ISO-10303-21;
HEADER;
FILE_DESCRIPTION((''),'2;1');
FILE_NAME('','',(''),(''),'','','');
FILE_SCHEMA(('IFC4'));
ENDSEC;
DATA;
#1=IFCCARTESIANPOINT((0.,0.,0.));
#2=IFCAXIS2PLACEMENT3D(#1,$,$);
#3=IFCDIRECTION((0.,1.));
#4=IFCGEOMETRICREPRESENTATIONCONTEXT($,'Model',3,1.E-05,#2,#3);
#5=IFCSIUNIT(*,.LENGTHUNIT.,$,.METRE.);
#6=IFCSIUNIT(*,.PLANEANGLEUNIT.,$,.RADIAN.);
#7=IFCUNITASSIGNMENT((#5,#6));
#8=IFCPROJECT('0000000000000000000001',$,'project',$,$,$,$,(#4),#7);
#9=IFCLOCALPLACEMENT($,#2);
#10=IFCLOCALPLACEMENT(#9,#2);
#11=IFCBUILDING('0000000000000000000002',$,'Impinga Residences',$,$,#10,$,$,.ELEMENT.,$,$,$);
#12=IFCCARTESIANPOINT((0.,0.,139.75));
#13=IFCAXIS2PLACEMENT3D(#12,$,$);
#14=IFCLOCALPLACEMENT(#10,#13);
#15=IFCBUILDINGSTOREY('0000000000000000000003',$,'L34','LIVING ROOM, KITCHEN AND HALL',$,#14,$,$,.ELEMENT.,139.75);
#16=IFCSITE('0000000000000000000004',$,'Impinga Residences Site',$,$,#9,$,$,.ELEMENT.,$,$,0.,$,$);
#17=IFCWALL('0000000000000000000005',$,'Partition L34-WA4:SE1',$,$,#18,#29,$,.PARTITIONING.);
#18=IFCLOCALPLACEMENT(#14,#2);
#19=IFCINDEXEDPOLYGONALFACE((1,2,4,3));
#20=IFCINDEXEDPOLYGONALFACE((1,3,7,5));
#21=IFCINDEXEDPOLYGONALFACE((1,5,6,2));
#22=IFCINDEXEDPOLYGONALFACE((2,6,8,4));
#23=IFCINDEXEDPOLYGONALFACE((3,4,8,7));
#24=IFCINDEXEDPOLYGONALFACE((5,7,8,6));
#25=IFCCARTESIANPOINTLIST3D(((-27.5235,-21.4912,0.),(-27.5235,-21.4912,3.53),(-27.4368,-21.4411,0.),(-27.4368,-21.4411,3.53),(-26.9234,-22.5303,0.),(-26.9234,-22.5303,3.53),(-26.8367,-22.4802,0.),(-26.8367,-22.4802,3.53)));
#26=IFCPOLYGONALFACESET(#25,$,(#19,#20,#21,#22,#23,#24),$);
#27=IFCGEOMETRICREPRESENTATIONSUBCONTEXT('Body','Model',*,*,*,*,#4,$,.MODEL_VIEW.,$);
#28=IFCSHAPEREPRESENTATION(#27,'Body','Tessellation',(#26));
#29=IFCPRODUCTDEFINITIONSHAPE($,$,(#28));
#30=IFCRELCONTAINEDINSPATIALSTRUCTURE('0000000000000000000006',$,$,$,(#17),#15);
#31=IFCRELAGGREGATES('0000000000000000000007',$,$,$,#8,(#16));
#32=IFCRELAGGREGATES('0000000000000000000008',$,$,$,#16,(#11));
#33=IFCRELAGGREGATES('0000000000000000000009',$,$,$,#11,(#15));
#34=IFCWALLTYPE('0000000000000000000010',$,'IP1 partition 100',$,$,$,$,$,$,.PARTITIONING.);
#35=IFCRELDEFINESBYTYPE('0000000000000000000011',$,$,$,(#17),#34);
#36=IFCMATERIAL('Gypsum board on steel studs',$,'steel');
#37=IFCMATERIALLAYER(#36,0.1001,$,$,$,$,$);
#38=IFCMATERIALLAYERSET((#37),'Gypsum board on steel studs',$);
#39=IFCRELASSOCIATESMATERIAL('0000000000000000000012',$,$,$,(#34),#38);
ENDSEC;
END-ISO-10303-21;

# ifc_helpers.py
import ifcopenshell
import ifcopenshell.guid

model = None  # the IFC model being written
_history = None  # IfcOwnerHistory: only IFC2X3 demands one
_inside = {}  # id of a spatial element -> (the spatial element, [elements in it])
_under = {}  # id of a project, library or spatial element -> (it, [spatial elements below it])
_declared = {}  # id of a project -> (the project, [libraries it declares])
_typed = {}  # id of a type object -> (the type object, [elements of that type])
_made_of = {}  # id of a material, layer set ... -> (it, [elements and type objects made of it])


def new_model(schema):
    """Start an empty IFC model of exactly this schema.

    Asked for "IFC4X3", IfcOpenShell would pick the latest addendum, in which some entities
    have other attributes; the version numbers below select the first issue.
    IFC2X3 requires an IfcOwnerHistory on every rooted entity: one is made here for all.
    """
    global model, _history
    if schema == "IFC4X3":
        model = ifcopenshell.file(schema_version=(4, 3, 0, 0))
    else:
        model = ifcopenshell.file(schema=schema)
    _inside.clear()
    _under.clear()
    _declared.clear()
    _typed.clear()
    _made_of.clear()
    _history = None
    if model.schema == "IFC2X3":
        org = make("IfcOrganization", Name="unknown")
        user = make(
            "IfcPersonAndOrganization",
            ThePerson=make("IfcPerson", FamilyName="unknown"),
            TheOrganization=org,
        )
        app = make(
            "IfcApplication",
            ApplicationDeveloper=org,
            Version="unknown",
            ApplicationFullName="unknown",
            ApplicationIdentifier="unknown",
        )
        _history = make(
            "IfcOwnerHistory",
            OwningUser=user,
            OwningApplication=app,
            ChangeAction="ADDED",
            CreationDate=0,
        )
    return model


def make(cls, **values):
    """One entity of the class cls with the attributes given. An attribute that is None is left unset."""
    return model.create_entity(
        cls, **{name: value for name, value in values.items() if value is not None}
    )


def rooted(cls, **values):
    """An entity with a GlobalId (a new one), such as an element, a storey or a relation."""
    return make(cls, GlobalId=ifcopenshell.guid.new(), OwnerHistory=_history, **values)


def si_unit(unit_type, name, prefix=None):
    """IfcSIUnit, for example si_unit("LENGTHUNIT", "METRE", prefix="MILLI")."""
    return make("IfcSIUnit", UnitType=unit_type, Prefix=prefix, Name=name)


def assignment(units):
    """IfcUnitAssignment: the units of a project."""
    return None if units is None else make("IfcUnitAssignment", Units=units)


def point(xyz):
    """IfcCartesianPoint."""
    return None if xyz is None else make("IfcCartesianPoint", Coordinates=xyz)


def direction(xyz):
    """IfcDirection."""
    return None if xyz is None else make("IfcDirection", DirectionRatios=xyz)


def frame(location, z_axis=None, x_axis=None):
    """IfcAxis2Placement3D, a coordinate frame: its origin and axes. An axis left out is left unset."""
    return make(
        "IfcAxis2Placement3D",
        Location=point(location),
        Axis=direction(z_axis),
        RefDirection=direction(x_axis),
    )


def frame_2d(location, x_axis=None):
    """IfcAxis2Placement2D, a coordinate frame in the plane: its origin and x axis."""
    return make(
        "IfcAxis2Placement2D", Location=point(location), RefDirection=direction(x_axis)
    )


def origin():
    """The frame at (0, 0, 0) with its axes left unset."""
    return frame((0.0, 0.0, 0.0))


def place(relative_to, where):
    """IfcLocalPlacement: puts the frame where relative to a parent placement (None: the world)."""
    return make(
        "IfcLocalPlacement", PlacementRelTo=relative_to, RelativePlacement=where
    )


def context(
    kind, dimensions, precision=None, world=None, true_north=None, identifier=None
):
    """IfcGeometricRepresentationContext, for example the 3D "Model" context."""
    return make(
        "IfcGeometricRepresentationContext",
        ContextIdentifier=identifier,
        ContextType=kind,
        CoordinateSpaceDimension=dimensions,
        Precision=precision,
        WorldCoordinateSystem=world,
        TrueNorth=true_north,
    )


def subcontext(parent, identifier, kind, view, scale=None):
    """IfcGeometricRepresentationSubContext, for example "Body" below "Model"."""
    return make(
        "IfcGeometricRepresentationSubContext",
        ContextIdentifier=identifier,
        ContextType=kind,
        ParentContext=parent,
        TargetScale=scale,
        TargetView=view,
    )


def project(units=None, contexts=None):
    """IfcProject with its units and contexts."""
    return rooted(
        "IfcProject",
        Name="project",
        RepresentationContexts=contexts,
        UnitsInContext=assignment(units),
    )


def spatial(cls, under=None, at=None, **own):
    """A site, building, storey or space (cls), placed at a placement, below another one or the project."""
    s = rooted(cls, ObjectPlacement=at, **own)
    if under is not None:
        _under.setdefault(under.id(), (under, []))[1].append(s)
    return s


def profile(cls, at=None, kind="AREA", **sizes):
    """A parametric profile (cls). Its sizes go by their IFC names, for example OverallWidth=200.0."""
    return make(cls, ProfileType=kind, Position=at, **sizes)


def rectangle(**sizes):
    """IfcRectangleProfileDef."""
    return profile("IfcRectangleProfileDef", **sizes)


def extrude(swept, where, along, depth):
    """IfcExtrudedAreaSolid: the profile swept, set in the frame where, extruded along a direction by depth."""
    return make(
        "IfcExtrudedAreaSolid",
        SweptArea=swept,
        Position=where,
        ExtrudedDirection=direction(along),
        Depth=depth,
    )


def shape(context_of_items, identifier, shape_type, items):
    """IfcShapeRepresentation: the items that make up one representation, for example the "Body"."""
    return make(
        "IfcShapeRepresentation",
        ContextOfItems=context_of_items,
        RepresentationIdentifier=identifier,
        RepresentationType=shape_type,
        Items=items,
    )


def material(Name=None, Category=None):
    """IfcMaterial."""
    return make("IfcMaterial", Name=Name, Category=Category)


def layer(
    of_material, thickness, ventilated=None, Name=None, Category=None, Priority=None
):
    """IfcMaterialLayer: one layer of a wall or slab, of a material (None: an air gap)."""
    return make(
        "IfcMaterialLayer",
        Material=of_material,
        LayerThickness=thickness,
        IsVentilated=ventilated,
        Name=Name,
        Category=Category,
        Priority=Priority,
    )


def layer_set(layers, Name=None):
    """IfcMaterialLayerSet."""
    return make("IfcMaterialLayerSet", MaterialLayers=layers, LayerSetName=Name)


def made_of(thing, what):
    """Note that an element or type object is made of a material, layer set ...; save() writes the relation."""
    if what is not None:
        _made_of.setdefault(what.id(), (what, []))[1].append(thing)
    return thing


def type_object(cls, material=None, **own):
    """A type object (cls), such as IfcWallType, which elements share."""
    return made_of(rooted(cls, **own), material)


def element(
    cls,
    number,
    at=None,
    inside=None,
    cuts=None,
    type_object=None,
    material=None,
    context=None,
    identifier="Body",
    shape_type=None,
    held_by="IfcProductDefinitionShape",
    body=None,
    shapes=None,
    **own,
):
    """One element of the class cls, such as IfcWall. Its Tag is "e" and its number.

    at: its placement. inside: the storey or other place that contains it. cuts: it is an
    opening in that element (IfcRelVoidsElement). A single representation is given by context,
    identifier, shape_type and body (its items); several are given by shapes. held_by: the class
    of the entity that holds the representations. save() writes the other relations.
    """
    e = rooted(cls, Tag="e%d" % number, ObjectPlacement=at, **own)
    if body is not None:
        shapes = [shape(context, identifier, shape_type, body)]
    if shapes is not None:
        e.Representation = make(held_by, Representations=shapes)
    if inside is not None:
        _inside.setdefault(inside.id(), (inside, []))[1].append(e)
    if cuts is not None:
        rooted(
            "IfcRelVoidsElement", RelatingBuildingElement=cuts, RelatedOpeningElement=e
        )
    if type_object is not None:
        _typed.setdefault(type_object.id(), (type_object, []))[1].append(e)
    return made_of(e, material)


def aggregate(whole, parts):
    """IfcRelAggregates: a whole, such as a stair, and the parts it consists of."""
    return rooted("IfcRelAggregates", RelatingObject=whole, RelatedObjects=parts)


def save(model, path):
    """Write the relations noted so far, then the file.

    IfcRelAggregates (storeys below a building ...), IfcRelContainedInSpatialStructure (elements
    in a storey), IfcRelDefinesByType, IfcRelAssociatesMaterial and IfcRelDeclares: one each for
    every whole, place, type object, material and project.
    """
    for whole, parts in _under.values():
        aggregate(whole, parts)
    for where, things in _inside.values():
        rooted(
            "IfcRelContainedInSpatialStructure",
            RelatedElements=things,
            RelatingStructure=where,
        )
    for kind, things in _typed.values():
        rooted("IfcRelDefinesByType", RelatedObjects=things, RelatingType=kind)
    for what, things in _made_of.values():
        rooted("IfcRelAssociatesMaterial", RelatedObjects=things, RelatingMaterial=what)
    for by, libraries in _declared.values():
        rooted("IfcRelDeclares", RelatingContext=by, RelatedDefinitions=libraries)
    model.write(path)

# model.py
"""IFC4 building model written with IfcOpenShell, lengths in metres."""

from ifc_helpers import new_model, si_unit, direction, frame, frame_2d, origin, place, context, subcontext, project, spatial, rectangle, extrude, material, layer, layer_set, type_object, element, save


model = new_model("IFC4")

# Units and contexts
model_context = context("Model", 3, precision=1e-05, world=origin(), true_north=direction((0.0, 1.0)))
body_context = subcontext(model_context, "Body", "Model", "MODEL_VIEW")
ifc_project = project(units=[si_unit("LENGTHUNIT", "METRE"), si_unit("PLANEANGLEUNIT", "RADIAN")], contexts=[model_context])

# Site, building, storey
site_placement = place(None, origin())
site = spatial("IfcSite", under=ifc_project, at=site_placement, Name="Impinga Residences Site", CompositionType="ELEMENT", RefElevation=0.0)
building_placement = place(site_placement, origin())
building = spatial("IfcBuilding", under=site, at=building_placement, Name="Impinga Residences", CompositionType="ELEMENT")
storey_placement = place(building_placement, frame((0.0, 0.0, 139.75)))
storey = spatial("IfcBuildingStorey", under=building, at=storey_placement, Name="L34", Description="LIVING ROOM, KITCHEN AND HALL", CompositionType="ELEMENT", Elevation=139.75)

# Shared definitions
ifc_material_1 = material(Name="Gypsum board on steel studs", Category="steel")
ifc_layer_1 = layer(ifc_material_1, 0.1001)
ifc_layer_set_1 = layer_set([ifc_layer_1], Name="Gypsum board on steel studs")
wall_type_1 = type_object("IfcWallType", Name="IP1 partition 100", PredefinedType="PARTITIONING", material=ifc_layer_set_1)

# Wall
for number, where, z_axis, x_axis, name in (
    (1, (-27.4802, -21.4661, 0.0), (0.0, 0.0, 1.0), (0.500122, -0.865955, 0.0), "Partition L34-WA4:SE1"),
):
    element("IfcWall", number, at=place(storey_placement, frame(where, z_axis=z_axis, x_axis=x_axis)), inside=storey, type_object=wall_type_1, Name=name, PredefinedType="PARTITIONING", context=body_context, shape_type="SweptSolid", body=[
        extrude(rectangle(XDim=1.2, YDim=0.1001, at=frame_2d((0.6001, 0.0))), origin(), (0.0, 0.0, 1.0), 3.53),
    ])

save(model, "model.ifc")
